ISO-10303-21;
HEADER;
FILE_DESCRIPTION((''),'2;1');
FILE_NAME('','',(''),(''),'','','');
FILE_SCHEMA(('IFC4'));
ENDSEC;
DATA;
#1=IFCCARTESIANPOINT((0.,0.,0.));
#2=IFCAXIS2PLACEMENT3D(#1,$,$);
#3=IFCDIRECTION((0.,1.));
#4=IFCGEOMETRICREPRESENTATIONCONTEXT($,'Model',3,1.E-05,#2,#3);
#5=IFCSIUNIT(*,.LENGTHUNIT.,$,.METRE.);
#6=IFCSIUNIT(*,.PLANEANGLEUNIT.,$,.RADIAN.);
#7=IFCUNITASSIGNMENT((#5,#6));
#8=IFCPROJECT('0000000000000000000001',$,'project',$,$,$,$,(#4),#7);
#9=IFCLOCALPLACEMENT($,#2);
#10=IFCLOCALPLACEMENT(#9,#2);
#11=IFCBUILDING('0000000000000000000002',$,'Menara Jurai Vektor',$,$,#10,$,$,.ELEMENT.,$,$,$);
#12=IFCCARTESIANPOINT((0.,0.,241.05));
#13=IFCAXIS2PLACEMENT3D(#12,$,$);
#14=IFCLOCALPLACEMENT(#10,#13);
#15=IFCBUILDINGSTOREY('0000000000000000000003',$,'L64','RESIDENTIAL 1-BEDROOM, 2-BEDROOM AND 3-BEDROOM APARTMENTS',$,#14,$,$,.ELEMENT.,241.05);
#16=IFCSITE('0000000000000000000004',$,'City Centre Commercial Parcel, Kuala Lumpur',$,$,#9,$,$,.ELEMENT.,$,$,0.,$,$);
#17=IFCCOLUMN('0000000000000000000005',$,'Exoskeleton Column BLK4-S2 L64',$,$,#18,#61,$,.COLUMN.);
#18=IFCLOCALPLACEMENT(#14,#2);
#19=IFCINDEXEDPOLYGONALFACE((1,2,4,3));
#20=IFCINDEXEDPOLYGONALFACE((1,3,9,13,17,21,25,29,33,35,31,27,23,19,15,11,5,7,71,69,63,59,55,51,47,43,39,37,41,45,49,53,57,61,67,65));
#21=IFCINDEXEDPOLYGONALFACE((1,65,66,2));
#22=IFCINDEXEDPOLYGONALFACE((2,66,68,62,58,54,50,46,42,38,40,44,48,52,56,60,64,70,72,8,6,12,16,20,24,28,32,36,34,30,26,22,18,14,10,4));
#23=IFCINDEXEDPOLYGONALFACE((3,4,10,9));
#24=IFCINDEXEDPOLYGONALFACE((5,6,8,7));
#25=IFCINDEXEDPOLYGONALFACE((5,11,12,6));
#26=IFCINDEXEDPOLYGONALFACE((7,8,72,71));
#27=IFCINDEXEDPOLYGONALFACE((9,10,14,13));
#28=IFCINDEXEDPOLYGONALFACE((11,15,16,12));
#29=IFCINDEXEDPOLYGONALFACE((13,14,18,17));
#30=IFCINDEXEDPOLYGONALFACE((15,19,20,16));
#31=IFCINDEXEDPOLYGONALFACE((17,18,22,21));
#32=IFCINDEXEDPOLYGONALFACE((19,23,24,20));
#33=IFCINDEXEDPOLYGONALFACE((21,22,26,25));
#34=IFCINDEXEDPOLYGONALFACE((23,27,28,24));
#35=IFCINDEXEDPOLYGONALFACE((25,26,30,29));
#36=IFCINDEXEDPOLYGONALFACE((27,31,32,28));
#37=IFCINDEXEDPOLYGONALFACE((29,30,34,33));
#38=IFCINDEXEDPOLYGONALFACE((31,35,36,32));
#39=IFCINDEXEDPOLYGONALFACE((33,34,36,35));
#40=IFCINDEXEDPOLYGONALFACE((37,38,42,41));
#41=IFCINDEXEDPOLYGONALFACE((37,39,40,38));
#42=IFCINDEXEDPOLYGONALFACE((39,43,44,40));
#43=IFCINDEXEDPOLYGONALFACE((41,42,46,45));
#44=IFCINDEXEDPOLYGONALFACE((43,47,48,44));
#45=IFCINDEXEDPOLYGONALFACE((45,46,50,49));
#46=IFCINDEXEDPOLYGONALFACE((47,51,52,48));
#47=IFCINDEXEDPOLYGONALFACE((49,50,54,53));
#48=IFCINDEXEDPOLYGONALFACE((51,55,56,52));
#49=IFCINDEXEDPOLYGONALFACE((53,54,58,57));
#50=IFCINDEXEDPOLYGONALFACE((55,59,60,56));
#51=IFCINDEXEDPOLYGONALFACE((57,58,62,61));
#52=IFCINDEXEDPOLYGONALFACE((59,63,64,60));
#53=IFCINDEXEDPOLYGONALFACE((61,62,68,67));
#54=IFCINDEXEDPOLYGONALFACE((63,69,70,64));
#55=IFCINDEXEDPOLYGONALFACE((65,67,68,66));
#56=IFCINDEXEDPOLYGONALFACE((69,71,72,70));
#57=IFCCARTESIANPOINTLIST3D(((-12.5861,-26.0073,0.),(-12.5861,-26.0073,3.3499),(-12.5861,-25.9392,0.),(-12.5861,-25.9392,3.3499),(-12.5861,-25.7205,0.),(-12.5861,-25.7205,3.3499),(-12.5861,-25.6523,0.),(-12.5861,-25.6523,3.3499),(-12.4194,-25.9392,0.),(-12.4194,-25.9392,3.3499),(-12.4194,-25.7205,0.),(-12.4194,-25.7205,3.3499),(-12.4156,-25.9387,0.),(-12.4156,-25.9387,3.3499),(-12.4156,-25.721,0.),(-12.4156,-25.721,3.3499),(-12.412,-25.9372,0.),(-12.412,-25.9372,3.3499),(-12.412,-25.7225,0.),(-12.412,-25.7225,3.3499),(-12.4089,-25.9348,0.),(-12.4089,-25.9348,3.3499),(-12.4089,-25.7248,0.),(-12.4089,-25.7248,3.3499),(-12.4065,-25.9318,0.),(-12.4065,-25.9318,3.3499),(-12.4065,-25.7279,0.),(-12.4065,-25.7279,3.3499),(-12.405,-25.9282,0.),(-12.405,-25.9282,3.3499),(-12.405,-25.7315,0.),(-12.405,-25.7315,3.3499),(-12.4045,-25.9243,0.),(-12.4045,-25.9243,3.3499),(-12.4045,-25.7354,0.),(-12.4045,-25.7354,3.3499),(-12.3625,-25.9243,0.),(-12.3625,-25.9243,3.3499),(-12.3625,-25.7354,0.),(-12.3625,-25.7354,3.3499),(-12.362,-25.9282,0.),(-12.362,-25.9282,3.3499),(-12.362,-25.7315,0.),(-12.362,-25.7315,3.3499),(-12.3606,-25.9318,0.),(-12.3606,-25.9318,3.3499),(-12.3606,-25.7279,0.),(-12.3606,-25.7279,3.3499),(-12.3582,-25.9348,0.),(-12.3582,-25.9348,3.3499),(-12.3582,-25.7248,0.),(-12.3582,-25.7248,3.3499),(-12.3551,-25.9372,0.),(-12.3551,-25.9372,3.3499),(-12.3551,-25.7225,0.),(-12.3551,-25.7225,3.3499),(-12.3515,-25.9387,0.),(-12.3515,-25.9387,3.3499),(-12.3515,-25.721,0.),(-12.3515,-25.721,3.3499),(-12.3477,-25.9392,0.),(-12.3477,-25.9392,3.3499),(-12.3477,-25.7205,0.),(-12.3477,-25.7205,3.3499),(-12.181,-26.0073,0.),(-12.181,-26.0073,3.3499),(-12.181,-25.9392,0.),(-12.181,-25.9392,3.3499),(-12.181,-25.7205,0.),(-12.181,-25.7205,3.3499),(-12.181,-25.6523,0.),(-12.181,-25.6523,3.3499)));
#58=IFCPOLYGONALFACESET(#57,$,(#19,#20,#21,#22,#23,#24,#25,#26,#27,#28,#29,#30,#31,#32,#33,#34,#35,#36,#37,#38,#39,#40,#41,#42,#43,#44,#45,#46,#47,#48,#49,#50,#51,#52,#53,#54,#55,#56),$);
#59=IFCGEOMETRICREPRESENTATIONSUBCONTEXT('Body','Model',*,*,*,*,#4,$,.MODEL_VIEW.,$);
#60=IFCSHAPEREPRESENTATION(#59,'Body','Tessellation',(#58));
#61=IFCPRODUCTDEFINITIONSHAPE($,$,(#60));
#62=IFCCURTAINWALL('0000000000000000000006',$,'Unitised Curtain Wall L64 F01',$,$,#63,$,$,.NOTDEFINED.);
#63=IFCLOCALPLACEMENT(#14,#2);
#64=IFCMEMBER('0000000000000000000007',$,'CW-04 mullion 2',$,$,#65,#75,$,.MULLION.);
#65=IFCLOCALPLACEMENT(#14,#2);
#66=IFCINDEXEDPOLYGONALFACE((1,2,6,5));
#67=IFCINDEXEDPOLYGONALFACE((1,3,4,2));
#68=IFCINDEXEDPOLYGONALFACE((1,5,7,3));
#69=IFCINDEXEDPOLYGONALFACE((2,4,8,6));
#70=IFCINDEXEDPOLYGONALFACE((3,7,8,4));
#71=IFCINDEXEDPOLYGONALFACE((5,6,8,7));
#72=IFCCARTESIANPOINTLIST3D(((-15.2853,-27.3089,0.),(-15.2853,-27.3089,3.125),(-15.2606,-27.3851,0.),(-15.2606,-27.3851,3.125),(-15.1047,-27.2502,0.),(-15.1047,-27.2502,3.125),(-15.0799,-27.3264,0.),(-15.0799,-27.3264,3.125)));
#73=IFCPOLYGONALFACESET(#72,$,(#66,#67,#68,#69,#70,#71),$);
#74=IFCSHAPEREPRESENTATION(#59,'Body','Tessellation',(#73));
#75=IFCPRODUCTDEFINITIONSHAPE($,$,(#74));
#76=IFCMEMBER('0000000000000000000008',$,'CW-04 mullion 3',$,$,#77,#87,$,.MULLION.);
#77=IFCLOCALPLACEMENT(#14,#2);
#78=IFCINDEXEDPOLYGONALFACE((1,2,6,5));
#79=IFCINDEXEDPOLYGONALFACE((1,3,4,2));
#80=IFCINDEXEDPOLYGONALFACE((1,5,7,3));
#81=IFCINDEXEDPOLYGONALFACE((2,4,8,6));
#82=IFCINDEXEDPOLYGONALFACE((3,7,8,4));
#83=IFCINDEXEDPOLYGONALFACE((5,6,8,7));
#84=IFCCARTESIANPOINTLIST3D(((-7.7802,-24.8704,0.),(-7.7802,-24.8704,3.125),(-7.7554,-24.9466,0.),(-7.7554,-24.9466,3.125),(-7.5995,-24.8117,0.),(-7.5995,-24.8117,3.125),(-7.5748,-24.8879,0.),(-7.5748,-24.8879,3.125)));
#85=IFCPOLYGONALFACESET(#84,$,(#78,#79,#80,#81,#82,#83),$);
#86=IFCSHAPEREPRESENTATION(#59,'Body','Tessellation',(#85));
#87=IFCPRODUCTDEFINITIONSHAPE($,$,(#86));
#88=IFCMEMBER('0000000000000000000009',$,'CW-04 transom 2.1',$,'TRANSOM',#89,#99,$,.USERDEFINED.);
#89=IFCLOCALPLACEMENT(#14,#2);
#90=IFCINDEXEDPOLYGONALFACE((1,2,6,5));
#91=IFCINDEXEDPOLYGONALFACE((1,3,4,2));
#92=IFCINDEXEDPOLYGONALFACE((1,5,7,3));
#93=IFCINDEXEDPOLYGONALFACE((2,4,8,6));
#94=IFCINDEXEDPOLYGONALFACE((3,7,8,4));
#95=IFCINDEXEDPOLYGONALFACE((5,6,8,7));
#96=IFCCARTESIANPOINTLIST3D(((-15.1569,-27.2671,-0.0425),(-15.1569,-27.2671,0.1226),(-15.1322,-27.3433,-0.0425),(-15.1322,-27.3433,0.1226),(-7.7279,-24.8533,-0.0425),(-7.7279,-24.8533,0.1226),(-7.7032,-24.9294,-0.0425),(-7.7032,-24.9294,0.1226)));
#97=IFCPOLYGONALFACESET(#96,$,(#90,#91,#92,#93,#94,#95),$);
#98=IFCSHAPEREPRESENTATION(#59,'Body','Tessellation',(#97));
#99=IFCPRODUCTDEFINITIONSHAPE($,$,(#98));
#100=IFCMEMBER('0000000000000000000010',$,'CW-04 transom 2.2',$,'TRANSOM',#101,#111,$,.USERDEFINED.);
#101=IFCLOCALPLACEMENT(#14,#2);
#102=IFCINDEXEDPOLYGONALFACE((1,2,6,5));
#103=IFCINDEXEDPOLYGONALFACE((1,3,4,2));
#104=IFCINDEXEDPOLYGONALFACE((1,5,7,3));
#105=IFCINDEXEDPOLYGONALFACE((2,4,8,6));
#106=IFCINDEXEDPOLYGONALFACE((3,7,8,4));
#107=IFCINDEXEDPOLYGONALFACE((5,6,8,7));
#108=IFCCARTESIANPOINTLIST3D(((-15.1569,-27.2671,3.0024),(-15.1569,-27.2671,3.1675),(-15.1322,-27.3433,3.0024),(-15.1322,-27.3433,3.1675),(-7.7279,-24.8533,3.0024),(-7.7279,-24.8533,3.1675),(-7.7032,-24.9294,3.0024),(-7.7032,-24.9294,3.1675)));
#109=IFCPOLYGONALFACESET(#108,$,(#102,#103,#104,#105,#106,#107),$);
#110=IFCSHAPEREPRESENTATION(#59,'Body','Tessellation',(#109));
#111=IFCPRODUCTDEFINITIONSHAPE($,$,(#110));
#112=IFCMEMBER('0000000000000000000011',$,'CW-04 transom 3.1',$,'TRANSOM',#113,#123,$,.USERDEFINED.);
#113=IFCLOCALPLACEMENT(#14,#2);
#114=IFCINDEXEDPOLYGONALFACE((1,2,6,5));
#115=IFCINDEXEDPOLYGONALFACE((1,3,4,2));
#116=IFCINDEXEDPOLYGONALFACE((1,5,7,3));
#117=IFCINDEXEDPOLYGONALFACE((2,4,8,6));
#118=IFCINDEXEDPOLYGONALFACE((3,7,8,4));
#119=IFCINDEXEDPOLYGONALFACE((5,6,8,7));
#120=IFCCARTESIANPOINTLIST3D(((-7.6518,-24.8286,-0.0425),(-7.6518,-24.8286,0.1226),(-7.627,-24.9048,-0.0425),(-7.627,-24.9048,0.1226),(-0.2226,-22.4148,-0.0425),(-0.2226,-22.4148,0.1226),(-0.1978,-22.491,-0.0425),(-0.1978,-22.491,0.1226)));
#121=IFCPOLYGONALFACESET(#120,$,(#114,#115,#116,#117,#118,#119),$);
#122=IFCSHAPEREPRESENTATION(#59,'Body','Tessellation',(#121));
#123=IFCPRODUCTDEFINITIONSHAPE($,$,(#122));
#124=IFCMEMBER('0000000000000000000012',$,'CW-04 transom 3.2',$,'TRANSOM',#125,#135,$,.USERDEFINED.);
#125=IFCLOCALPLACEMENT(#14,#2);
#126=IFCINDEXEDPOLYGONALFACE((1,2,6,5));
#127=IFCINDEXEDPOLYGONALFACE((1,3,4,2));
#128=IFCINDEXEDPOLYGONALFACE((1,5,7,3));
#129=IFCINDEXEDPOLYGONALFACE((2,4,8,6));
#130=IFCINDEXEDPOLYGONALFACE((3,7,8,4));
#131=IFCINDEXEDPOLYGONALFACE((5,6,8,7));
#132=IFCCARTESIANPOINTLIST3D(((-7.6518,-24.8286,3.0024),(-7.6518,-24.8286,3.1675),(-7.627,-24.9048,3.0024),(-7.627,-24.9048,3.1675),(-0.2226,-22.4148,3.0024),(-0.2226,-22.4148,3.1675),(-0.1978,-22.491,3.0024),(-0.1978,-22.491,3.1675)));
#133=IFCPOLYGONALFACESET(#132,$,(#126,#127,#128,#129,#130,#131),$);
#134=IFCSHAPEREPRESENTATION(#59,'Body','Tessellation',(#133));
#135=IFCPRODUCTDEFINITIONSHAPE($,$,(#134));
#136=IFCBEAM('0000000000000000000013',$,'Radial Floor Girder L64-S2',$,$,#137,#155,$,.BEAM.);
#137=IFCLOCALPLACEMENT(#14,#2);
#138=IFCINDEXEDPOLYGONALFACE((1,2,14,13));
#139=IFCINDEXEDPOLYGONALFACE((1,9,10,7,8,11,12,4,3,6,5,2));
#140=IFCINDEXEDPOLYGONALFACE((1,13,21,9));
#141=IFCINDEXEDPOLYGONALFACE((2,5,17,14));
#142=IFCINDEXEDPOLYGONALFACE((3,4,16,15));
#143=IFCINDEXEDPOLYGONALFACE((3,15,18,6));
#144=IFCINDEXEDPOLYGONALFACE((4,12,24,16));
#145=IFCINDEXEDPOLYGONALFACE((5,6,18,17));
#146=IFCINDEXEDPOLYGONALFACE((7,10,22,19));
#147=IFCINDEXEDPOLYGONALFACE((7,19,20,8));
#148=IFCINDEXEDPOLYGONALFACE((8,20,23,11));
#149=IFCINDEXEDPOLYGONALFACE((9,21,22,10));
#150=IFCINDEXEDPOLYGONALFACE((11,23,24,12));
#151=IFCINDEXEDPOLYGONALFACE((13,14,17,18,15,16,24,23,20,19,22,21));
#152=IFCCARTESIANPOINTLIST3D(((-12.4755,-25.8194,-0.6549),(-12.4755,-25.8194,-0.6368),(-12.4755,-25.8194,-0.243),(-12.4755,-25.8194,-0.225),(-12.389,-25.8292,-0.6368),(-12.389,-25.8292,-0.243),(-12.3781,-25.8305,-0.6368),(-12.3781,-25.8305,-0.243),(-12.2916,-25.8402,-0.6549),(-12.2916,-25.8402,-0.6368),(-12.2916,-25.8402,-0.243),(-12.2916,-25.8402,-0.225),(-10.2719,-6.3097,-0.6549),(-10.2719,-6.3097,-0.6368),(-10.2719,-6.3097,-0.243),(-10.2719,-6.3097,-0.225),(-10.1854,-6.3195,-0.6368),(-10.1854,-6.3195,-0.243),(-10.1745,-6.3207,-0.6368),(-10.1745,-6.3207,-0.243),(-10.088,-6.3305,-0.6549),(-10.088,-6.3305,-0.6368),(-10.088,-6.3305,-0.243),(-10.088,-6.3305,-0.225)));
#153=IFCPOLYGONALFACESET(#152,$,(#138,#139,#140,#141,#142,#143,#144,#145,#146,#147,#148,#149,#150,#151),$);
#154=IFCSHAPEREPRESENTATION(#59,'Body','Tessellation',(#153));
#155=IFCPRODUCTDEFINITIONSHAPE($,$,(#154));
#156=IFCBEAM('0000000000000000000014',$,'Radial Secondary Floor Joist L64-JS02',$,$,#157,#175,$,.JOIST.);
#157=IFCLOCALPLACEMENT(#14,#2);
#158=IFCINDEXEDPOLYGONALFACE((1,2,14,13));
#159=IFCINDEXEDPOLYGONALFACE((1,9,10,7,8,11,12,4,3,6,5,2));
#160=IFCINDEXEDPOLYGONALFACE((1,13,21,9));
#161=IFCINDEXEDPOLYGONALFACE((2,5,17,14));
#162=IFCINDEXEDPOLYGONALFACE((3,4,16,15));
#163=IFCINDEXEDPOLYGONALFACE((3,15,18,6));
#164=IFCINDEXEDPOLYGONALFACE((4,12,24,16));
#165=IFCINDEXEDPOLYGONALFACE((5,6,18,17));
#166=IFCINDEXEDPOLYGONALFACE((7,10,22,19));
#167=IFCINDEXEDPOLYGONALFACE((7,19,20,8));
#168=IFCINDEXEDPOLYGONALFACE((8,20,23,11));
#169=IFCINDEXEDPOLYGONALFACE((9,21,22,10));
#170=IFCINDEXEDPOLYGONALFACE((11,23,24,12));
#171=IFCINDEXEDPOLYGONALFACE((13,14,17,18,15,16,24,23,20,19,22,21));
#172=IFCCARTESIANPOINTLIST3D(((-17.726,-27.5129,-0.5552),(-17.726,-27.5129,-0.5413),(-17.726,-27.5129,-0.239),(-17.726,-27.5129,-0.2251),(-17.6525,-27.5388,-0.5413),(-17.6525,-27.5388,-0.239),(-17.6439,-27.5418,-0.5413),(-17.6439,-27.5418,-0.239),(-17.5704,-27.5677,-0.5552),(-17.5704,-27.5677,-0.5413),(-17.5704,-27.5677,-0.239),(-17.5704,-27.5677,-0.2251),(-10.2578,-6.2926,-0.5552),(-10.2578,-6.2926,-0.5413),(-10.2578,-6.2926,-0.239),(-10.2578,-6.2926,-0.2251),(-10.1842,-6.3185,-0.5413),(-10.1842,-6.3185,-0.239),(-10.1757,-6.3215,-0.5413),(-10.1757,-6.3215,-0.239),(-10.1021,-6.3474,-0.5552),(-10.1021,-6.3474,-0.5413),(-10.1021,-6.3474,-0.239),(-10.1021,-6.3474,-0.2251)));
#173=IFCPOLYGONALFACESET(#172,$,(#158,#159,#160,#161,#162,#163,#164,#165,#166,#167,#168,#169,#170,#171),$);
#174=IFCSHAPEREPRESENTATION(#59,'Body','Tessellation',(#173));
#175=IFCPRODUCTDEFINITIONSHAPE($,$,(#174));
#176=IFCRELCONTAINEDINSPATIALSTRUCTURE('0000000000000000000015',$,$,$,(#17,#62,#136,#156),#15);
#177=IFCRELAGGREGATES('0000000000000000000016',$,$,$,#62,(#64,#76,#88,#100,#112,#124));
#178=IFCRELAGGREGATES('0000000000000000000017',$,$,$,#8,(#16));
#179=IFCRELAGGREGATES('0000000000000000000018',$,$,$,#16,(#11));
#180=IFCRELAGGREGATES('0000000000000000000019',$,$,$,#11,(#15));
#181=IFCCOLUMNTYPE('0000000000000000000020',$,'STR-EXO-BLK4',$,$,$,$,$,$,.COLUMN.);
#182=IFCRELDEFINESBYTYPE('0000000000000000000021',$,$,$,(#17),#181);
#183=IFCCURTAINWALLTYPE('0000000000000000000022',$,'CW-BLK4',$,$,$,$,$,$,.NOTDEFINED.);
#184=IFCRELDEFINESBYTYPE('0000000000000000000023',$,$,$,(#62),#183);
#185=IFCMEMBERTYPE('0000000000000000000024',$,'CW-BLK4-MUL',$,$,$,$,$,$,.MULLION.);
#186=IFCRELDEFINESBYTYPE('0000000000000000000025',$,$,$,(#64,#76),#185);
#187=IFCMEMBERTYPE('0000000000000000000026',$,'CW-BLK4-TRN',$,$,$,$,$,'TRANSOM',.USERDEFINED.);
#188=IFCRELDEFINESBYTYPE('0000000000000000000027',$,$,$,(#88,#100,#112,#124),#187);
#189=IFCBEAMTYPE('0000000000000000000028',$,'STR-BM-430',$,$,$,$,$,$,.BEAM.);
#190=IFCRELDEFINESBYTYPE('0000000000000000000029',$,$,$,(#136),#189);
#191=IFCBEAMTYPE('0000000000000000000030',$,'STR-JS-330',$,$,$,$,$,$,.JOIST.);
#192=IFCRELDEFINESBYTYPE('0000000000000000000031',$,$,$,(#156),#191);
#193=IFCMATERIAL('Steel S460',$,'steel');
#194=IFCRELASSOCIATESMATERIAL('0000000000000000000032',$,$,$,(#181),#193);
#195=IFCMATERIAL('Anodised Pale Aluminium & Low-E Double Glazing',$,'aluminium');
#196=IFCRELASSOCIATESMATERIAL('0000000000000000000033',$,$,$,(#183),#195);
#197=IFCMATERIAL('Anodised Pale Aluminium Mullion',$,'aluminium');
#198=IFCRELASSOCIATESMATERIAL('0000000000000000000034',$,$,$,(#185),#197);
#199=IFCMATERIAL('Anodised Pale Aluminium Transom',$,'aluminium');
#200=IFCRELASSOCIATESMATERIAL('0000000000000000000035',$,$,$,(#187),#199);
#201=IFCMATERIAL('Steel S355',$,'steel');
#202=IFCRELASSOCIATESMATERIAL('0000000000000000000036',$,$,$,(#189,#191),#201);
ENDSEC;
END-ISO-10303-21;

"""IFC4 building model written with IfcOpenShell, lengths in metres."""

from ifc_helpers import new_model, si_unit, direction, frame, origin, origin_2d, place, context, subcontext, project, spatial, rectangle, i_section, extrude, material, material_profile, profile_set, type_object, element, aggregate, save


model = new_model("IFC4")

# Units and contexts
model_context = context("Model", 3, precision=1e-05, world=origin(), true_north=direction((0.0, 1.0)))
body_context = subcontext(model_context, "Body", "Model", "MODEL_VIEW")
ifc_project = project(units=[si_unit("LENGTHUNIT", "METRE"), si_unit("PLANEANGLEUNIT", "RADIAN")], contexts=[model_context])

# Site, building, storey
site_placement = place(None, origin())
site = spatial("IfcSite", under=ifc_project, at=site_placement, Name="City Centre Commercial Parcel, Kuala Lumpur", CompositionType="ELEMENT", RefElevation=0.0)
building_placement = place(site_placement, origin())
building = spatial("IfcBuilding", under=site, at=building_placement, Name="Menara Jurai Vektor", CompositionType="ELEMENT")
storey_placement = place(building_placement, frame((0.0, 0.0, 241.05)))
storey = spatial("IfcBuildingStorey", under=building, at=storey_placement, Name="L64", Description="RESIDENTIAL 1-BEDROOM, 2-BEDROOM AND 3-BEDROOM APARTMENTS", CompositionType="ELEMENT", Elevation=241.05)

# Column
ifc_material_1 = material(Name="Steel S460", Category="steel")
ifc_material_profile_1 = material_profile(ifc_material_1, i_section(OverallWidth=0.405, OverallDepth=0.355, WebThickness=0.042, FlangeThickness=0.0681, FilletRadius=0.0149, at=origin_2d()), Name="HD 400x551")
ifc_profile_set_1 = profile_set([ifc_material_profile_1], Name="Steel S460")
column_type = type_object("IfcColumnType", Name="STR-EXO-BLK4", PredefinedType="COLUMN", material=ifc_profile_set_1)
column_placement = place(storey_placement, frame((-12.3835, -25.8298, 0.0), z_axis=(0.0, 0.0, 1.0), x_axis=(1.0, 0.0, 0.0)))
element("IfcColumn", 1, at=column_placement, inside=storey, type_object=column_type, Name="Exoskeleton Column BLK4-S2 L64", PredefinedType="COLUMN", context=body_context, shape_type="SweptSolid", body=[
    extrude(i_section(OverallWidth=0.405, OverallDepth=0.355, WebThickness=0.042, FlangeThickness=0.0681, FilletRadius=0.0149, at=origin_2d()), origin(), (0.0, 0.0, 1.0), 3.3499),
])

# Curtain wall, members
ifc_material_2 = material(Name="Anodised Pale Aluminium & Low-E Double Glazing", Category="aluminium")
curtain_wall_type = type_object("IfcCurtainWallType", Name="CW-BLK4", PredefinedType="NOTDEFINED", material=ifc_material_2)
curtain_wall_placement = place(storey_placement, origin())
curtain_wall = element("IfcCurtainWall", 2, at=curtain_wall_placement, inside=storey, type_object=curtain_wall_type, Name="Unitised Curtain Wall L64 F01", PredefinedType="NOTDEFINED")
ifc_material_3 = material(Name="Anodised Pale Aluminium Mullion", Category="aluminium")
ifc_material_profile_2 = material_profile(ifc_material_3, rectangle(XDim=0.0801, YDim=0.1899, at=origin_2d()), Name="ALU MUL 80x190")
ifc_profile_set_2 = profile_set([ifc_material_profile_2], Name="Anodised Pale Aluminium Mullion")
member_type_1 = type_object("IfcMemberType", Name="CW-BLK4-MUL", PredefinedType="MULLION", material=ifc_profile_set_2)
member_1_placement = place(storey_placement, frame((-15.1826, -27.3176, 0.0), z_axis=(0.0, 0.0, 1.0), x_axis=(-0.309017, 0.951056, 0.0)))
member_1 = element("IfcMember", 3, at=member_1_placement, type_object=member_type_1, Name="CW-04 mullion 2", PredefinedType="MULLION", context=body_context, shape_type="SweptSolid", body=[
    extrude(rectangle(XDim=0.0801, YDim=0.1899, at=origin_2d()), origin(), (0.0, 0.0, 1.0), 3.125),
])
member_2_placement = place(storey_placement, frame((-7.6775, -24.8792, 0.0), z_axis=(0.0, 0.0, 1.0), x_axis=(-0.309017, 0.951056, 0.0)))
member_2 = element("IfcMember", 4, at=member_2_placement, type_object=member_type_1, Name="CW-04 mullion 3", PredefinedType="MULLION", context=body_context, shape_type="SweptSolid", body=[
    extrude(rectangle(XDim=0.0801, YDim=0.1899, at=origin_2d()), origin(), (0.0, 0.0, 1.0), 3.125),
])
ifc_material_4 = material(Name="Anodised Pale Aluminium Transom", Category="aluminium")
ifc_material_profile_3 = material_profile(ifc_material_4, rectangle(XDim=0.0801, YDim=0.165, at=origin_2d()), Name="ALU TRN 80x165")
ifc_profile_set_3 = profile_set([ifc_material_profile_3], Name="Anodised Pale Aluminium Transom")
member_type_2 = type_object("IfcMemberType", Name="CW-BLK4-TRN", ElementType="TRANSOM", PredefinedType="USERDEFINED", material=ifc_profile_set_3)
member_3_placement = place(storey_placement, frame((-15.1445, -27.3052, 0.04), z_axis=(0.951056, 0.309018, 0.0), x_axis=(-0.309018, 0.951056, 0.0)))
member_3 = element("IfcMember", 5, at=member_3_placement, type_object=member_type_2, Name="CW-04 transom 2.1", ObjectType="TRANSOM", PredefinedType="USERDEFINED", context=body_context, shape_type="SweptSolid", body=[
    extrude(rectangle(XDim=0.0801, YDim=0.165, at=origin_2d()), origin(), (0.0, 0.0, 1.0), 7.8113),
])
member_4_placement = place(storey_placement, frame((-15.1445, -27.3052, 3.085), z_axis=(0.951056, 0.309018, 0.0), x_axis=(-0.309018, 0.951056, 0.0)))
member_4 = element("IfcMember", 6, at=member_4_placement, type_object=member_type_2, Name="CW-04 transom 2.2", ObjectType="TRANSOM", PredefinedType="USERDEFINED", context=body_context, shape_type="SweptSolid", body=[
    extrude(rectangle(XDim=0.0801, YDim=0.165, at=origin_2d()), origin(), (0.0, 0.0, 1.0), 7.8113),
])
member_5_placement = place(storey_placement, frame((-7.6394, -24.8667, 0.04), z_axis=(0.951059, 0.309008, 0.0), x_axis=(-0.309008, 0.951059, 0.0)))
member_5 = element("IfcMember", 7, at=member_5_placement, type_object=member_type_2, Name="CW-04 transom 3.1", ObjectType="TRANSOM", PredefinedType="USERDEFINED", context=body_context, shape_type="SweptSolid", body=[
    extrude(rectangle(XDim=0.0801, YDim=0.165, at=origin_2d()), origin(), (0.0, 0.0, 1.0), 7.8115),
])
member_6_placement = place(storey_placement, frame((-7.6394, -24.8667, 3.085), z_axis=(0.951059, 0.309008, 0.0), x_axis=(-0.309008, 0.951059, 0.0)))
member_6 = element("IfcMember", 8, at=member_6_placement, type_object=member_type_2, Name="CW-04 transom 3.2", ObjectType="TRANSOM", PredefinedType="USERDEFINED", context=body_context, shape_type="SweptSolid", body=[
    extrude(rectangle(XDim=0.0801, YDim=0.165, at=origin_2d()), origin(), (0.0, 0.0, 1.0), 7.8115),
])

# Beams
ifc_material_5 = material(Name="Steel S355", Category="steel")
ifc_material_profile_4 = material_profile(ifc_material_5, i_section(OverallWidth=0.1851, OverallDepth=0.4299, WebThickness=0.011, FlangeThickness=0.0181, at=origin_2d()), Name="PG 430x185x76")
ifc_profile_set_4 = profile_set([ifc_material_profile_4], Name="Steel S355")
beam_type_1 = type_object("IfcBeamType", Name="STR-BM-430", PredefinedType="BEAM", material=ifc_profile_set_4)
beam_1_placement = place(storey_placement, frame((-12.3835, -25.8298, -0.4399), z_axis=(0.112236, 0.993682, 0.0), x_axis=(-0.993682, 0.112236, 0.0)))
element("IfcBeam", 9, at=beam_1_placement, inside=storey, type_object=beam_type_1, Name="Radial Floor Girder L64-S2", PredefinedType="BEAM", context=body_context, shape_type="SweptSolid", body=[
    extrude(i_section(OverallWidth=0.1851, OverallDepth=0.4299, WebThickness=0.011, FlangeThickness=0.0181, at=origin_2d()), origin(), (0.0, 0.0, 1.0), 19.6338),
])
ifc_material_profile_5 = material_profile(ifc_material_5, i_section(OverallWidth=0.165, OverallDepth=0.3301, WebThickness=0.009, FlangeThickness=0.0139, at=origin_2d()), Name="PG 330x165x46")
ifc_profile_set_5 = profile_set([ifc_material_profile_5], Name="Steel S355")
beam_type_2 = type_object("IfcBeamType", Name="STR-JS-330", PredefinedType="JOIST", material=ifc_profile_set_5)
beam_2_placement = place(storey_placement, frame((-17.6482, -27.5403, -0.3901), z_axis=(0.331981, 0.943286, 0.0), x_axis=(-0.943286, 0.331981, 0.0)))
element("IfcBeam", 10, at=beam_2_placement, inside=storey, type_object=beam_type_2, Name="Radial Secondary Floor Joist L64-JS02", PredefinedType="JOIST", context=body_context, shape_type="SweptSolid", body=[
    extrude(i_section(OverallWidth=0.165, OverallDepth=0.3301, WebThickness=0.009, FlangeThickness=0.0139, at=origin_2d()), origin(), (0.0, 0.0, 1.0), 22.4961),
])

aggregate(curtain_wall, [member_1, member_2, member_3, member_4, member_5, member_6])

save(model, "model.ifc")
